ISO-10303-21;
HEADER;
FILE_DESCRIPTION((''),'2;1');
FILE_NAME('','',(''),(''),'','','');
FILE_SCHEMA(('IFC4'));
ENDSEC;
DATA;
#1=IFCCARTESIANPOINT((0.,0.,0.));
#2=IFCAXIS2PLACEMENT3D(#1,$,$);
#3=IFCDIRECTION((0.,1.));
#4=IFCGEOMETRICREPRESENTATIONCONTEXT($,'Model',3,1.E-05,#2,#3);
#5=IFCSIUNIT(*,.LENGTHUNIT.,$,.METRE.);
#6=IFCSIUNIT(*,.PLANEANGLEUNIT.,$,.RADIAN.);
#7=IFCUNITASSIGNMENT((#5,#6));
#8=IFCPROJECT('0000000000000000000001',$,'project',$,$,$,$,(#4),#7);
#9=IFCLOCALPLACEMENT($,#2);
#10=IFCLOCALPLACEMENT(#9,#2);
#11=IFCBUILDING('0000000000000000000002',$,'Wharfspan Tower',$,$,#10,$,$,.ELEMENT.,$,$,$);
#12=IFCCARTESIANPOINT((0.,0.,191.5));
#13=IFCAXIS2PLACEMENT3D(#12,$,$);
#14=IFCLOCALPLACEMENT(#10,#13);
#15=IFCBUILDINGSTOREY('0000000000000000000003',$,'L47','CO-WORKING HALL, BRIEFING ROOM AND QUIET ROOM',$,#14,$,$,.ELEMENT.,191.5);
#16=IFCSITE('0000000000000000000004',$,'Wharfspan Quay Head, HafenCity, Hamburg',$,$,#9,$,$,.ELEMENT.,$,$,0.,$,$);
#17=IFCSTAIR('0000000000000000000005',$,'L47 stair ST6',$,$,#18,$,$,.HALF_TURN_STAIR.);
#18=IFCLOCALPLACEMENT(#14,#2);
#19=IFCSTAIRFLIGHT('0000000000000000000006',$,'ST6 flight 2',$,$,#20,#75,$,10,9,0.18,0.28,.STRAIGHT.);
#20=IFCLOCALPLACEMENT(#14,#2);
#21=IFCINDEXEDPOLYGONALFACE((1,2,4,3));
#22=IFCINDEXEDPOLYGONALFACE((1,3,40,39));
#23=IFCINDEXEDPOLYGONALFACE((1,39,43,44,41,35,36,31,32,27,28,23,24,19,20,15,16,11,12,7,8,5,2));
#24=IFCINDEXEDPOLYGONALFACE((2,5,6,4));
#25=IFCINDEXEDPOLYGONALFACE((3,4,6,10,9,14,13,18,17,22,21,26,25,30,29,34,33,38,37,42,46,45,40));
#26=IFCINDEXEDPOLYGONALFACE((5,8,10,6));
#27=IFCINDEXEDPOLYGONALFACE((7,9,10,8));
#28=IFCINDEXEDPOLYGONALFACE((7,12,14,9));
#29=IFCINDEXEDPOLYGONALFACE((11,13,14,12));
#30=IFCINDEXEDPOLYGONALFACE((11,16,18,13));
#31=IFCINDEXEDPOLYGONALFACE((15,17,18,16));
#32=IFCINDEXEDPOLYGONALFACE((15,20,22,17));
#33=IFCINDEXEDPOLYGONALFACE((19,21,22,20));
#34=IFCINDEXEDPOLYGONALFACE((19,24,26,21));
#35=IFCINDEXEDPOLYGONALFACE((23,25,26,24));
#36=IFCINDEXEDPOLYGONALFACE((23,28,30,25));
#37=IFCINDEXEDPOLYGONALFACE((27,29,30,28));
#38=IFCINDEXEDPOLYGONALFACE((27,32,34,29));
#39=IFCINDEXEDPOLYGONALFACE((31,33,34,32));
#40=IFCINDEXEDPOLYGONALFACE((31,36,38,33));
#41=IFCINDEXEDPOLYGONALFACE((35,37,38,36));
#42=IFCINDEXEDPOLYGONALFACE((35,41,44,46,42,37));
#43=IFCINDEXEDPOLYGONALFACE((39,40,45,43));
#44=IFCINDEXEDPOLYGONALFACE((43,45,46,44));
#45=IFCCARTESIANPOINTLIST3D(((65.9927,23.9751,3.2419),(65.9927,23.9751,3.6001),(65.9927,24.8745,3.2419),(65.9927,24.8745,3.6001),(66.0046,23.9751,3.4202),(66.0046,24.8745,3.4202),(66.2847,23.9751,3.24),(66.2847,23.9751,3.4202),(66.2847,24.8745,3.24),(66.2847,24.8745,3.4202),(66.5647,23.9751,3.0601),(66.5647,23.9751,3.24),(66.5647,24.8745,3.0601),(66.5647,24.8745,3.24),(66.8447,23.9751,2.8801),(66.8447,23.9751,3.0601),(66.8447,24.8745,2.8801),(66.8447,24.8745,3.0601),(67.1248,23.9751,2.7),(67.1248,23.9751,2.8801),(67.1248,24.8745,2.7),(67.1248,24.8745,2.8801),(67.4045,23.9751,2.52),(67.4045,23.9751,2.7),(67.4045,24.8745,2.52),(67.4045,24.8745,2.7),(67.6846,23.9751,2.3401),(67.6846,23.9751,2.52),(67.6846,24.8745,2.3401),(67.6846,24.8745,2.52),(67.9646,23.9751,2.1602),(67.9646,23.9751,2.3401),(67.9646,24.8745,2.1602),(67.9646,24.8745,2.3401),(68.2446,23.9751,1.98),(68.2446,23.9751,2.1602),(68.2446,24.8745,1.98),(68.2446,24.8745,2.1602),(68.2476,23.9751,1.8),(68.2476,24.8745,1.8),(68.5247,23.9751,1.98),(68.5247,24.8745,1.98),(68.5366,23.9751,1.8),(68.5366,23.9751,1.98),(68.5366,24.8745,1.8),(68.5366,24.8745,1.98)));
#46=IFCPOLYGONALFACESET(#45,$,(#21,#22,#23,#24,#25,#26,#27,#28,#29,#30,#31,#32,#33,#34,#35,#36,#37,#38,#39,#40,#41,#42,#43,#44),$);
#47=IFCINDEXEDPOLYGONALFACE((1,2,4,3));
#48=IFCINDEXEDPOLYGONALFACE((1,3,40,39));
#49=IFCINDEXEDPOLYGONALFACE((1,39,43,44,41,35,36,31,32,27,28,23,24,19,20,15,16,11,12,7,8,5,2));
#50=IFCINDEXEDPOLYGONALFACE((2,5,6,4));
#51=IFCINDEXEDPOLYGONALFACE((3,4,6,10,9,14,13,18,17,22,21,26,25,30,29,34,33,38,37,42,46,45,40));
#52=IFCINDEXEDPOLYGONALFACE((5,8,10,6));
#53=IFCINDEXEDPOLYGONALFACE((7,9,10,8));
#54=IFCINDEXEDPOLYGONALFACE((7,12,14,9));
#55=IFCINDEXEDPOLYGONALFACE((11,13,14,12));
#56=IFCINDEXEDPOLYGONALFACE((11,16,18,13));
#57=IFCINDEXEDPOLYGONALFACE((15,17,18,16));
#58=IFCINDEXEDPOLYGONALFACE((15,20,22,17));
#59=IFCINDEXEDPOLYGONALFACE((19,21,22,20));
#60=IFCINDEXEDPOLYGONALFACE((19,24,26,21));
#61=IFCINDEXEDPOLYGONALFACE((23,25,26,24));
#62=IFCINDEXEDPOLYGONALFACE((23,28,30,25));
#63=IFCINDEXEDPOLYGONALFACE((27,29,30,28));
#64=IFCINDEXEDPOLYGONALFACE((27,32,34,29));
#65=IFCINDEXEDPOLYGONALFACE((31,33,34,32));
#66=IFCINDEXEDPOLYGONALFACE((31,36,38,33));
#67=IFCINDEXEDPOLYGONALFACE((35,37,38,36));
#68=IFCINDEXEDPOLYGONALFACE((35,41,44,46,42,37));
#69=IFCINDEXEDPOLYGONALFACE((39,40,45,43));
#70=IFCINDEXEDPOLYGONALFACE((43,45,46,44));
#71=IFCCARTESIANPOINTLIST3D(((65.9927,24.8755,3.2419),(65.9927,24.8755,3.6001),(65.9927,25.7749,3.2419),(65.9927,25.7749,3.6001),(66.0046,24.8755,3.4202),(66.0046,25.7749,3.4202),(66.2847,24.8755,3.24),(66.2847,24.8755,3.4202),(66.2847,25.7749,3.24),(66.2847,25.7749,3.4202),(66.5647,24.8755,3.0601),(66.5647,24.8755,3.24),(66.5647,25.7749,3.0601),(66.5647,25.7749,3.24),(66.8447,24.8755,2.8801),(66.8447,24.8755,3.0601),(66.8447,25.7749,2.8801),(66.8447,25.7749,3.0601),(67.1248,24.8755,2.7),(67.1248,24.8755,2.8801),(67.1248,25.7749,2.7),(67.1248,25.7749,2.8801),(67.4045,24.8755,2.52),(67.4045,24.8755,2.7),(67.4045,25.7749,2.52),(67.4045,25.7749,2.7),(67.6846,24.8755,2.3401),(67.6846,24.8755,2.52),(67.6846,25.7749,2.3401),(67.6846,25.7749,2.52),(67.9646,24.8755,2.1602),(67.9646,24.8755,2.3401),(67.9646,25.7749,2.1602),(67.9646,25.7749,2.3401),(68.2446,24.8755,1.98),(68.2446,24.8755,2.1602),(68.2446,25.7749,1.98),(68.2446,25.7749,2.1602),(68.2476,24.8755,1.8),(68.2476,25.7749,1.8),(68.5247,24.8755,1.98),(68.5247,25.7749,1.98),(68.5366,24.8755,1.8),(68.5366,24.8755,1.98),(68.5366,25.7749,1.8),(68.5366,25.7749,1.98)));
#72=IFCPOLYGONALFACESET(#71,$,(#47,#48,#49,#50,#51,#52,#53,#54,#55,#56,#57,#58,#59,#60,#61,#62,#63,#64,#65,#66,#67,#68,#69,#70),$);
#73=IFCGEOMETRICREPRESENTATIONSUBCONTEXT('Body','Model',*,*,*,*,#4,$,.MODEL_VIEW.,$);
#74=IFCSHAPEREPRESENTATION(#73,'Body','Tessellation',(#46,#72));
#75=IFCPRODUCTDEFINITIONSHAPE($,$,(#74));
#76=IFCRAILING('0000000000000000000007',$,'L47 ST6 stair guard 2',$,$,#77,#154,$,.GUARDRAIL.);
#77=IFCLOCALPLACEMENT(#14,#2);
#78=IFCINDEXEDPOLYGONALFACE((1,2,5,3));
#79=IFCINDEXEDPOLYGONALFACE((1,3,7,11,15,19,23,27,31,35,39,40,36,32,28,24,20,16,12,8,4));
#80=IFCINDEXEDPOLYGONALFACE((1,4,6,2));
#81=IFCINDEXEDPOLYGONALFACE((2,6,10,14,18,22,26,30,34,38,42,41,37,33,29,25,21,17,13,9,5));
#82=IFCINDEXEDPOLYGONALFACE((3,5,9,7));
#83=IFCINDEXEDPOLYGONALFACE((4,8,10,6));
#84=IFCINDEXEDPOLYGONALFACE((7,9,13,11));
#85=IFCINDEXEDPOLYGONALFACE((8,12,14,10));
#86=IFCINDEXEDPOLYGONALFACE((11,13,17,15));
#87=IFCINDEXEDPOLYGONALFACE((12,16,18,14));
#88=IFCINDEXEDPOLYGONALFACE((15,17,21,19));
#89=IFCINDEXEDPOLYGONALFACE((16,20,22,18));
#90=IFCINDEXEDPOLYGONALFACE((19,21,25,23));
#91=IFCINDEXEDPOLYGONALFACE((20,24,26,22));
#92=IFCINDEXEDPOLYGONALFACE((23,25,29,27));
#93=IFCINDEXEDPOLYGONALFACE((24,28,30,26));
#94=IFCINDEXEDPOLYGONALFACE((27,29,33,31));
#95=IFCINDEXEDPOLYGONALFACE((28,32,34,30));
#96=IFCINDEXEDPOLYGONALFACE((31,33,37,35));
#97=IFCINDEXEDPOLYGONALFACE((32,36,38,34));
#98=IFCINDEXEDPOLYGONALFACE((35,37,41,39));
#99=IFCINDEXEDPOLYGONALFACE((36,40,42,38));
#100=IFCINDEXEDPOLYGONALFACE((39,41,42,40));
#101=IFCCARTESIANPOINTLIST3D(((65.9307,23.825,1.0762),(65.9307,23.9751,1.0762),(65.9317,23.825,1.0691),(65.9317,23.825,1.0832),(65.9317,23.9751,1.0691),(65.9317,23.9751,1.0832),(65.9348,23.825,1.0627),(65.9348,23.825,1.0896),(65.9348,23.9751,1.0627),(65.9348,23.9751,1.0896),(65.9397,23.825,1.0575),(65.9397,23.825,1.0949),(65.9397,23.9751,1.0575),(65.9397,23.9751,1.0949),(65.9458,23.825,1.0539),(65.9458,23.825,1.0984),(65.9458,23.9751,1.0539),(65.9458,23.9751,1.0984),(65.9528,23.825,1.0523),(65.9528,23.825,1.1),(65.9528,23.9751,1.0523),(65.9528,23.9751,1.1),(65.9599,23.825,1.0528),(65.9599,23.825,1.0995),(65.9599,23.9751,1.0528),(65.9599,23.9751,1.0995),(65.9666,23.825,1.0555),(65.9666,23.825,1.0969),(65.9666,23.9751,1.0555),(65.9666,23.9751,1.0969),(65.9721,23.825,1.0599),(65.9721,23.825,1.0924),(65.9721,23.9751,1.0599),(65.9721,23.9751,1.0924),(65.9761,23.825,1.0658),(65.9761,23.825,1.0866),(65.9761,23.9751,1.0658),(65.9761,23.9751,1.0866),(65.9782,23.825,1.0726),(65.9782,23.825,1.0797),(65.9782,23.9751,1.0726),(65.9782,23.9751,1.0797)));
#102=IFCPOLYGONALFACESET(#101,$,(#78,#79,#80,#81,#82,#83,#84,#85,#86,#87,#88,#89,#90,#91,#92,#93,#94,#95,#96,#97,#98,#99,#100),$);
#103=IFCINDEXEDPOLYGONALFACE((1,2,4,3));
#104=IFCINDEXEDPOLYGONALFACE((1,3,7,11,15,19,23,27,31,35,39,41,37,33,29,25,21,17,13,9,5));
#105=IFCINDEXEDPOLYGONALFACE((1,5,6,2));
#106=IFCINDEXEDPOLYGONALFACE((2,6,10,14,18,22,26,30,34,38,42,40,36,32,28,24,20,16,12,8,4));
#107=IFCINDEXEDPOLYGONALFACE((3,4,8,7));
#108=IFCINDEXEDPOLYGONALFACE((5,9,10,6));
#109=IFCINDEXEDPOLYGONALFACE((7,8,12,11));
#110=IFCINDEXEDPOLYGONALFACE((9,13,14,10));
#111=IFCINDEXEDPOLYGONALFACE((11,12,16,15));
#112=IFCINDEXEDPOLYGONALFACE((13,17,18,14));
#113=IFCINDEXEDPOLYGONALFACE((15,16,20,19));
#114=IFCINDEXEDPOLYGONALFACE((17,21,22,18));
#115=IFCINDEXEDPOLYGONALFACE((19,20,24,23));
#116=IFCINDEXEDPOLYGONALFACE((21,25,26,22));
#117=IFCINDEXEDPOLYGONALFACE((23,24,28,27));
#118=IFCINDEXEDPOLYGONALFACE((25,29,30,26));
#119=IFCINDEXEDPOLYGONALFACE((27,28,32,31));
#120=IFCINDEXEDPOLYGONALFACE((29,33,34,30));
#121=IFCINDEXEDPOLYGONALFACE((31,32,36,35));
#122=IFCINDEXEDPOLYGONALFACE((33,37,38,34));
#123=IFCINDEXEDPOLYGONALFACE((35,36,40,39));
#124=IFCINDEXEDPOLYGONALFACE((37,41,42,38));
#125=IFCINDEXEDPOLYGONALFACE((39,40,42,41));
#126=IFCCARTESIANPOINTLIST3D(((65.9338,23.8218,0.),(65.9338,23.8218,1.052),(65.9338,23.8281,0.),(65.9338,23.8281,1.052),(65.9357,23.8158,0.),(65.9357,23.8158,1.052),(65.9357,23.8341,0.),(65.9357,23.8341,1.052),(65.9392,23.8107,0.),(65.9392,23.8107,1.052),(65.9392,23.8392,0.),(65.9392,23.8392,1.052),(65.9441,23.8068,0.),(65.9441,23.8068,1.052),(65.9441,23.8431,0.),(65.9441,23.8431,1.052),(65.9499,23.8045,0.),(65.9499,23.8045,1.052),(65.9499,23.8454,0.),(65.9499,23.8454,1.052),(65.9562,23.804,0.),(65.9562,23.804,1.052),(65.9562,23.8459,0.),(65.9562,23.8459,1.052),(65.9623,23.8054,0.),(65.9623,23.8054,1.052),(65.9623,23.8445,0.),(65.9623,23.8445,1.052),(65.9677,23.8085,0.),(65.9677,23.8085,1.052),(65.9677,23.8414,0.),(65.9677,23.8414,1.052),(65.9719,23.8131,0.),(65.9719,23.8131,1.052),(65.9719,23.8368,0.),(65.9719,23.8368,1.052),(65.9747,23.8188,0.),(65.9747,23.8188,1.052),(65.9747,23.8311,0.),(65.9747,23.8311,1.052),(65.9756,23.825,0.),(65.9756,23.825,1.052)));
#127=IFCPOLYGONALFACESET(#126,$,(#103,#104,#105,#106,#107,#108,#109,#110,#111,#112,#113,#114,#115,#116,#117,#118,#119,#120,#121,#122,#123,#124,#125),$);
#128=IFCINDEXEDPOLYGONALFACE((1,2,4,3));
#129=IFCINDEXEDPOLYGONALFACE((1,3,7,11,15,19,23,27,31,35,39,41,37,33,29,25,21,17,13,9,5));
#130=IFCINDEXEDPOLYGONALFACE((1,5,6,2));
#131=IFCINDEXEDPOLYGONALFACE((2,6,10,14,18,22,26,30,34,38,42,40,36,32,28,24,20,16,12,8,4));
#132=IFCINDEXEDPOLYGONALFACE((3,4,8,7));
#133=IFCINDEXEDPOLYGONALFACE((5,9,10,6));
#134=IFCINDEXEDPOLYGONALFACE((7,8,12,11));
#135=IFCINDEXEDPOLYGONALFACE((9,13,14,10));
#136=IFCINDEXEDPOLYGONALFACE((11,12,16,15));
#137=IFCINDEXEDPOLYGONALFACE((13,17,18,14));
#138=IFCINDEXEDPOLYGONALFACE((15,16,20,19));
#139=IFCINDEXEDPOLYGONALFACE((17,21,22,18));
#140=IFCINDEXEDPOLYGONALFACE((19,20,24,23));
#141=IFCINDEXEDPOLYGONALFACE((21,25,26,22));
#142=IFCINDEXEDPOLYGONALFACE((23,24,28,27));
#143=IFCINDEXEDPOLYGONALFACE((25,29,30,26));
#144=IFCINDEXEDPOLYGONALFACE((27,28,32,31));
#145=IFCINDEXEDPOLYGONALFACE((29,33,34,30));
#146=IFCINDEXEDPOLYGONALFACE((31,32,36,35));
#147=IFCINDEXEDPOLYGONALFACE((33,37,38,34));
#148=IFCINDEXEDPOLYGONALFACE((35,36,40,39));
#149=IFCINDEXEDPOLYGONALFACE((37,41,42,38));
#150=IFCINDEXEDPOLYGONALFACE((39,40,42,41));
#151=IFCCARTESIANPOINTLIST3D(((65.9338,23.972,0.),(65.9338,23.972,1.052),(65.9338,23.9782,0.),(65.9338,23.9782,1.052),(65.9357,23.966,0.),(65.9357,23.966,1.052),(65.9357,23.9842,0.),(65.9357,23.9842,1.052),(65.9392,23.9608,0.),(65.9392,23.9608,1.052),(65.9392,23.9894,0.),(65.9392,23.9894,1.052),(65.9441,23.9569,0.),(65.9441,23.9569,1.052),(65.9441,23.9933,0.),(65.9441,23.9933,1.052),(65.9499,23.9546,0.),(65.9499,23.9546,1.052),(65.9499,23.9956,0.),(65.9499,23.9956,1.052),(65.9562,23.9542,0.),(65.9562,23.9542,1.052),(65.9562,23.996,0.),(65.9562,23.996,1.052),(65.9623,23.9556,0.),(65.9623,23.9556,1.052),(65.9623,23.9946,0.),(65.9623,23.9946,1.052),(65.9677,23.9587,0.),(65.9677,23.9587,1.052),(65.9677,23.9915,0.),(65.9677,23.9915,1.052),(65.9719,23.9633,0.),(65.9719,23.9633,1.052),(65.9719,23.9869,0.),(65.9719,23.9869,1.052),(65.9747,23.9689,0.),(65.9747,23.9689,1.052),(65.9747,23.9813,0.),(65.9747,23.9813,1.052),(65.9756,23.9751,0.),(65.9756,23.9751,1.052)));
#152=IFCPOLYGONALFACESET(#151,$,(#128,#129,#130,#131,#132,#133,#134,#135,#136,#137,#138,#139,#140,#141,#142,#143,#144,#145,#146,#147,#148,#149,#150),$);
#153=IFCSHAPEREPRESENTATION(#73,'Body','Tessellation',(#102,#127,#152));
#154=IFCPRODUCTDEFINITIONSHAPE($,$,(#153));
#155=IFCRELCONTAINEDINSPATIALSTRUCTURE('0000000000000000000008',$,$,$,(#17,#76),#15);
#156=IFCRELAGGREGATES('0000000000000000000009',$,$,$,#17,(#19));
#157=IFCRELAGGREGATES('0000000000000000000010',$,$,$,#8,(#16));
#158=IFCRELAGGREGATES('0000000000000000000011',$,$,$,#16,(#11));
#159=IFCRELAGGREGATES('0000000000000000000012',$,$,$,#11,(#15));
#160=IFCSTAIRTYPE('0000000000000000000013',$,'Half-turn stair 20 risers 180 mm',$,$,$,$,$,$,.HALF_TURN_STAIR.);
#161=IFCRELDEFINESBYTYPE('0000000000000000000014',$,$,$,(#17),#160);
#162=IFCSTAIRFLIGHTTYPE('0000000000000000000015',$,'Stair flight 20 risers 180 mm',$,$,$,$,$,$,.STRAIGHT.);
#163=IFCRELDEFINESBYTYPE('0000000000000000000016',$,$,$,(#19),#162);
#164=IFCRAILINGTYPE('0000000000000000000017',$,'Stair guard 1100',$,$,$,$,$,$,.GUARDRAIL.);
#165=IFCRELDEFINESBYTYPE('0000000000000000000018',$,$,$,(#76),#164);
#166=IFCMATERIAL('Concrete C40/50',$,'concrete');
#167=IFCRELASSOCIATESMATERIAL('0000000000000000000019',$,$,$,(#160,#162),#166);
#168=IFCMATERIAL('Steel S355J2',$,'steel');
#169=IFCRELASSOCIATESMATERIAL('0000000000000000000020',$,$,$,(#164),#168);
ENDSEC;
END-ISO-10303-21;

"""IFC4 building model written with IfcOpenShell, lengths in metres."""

from ifc_helpers import new_model, si_unit, direction, frame, origin, origin_2d, place, context, subcontext, project, spatial, polyline, circle, outline, extrude, material, type_object, element, aggregate, save


model = new_model("IFC4")

# Units and contexts
model_context = context("Model", 3, precision=1e-05, world=origin(), true_north=direction((0.0, 1.0)))
body_context = subcontext(model_context, "Body", "Model", "MODEL_VIEW")
ifc_project = project(units=[si_unit("LENGTHUNIT", "METRE"), si_unit("PLANEANGLEUNIT", "RADIAN")], contexts=[model_context])

# Site, building, storey
site_placement = place(None, origin())
site = spatial("IfcSite", under=ifc_project, at=site_placement, Name="Wharfspan Quay Head, HafenCity, Hamburg", CompositionType="ELEMENT", RefElevation=0.0)
building_placement = place(site_placement, origin())
building = spatial("IfcBuilding", under=site, at=building_placement, Name="Wharfspan Tower", CompositionType="ELEMENT")
storey_placement = place(building_placement, frame((0.0, 0.0, 191.5)))
storey = spatial("IfcBuildingStorey", under=building, at=storey_placement, Name="L47", Description="CO-WORKING HALL, BRIEFING ROOM AND QUIET ROOM", CompositionType="ELEMENT", Elevation=191.5)

# Shared definitions
ifc_material_1 = material(Name="Steel S355J2", Category="steel")

# Shared definitions
ifc_material_2 = material(Name="Concrete C40/50", Category="concrete")

# Stair, stair flight
stair_type = type_object("IfcStairType", Name="Half-turn stair 20 risers 180 mm", PredefinedType="HALF_TURN_STAIR", material=ifc_material_2)
stair_placement = place(storey_placement, origin())
stair = element("IfcStair", 1, at=stair_placement, inside=storey, type_object=stair_type, Name="L47 stair ST6", PredefinedType="HALF_TURN_STAIR")
stair_flight_type = type_object("IfcStairFlightType", Name="Stair flight 20 risers 180 mm", PredefinedType="STRAIGHT", material=ifc_material_2)
stair_flight_1_placement = place(storey_placement, frame((68.5247, 24.875, 1.8), z_axis=(0.0, 0.0, 1.0), x_axis=(-1.0, 0.0, 0.0)))
stair_flight_1 = element("IfcStairFlight", 2, at=stair_flight_1_placement, type_object=stair_flight_type, Name="ST6 flight 2", NumberOfRisers=10, NumberOfTreads=9, PredefinedType="STRAIGHT", RiserHeight=0.18, TreadLength=0.28, context=body_context, shape_type="SweptSolid", body=[
    extrude(outline(polyline([(-0.012, 0.0), (-0.012, 0.1799), (0.0, 0.1799), (0.28, 0.1799), (0.28, 0.3601), (0.5601, 0.3601), (0.5601, 0.54), (0.8401, 0.54), (0.8401, 0.72), (1.1201, 0.72), (1.1201, 0.8999), (1.3999, 0.8999), (1.3999, 1.0801), (1.6799, 1.0801), (1.6799, 1.26), (1.96, 1.26), (1.96, 1.4399), (2.24, 1.4399), (2.24, 1.6201), (2.52, 1.6201), (2.532, 1.8), (2.532, 1.4419), (0.2771, 0.0), (-0.012, 0.0)])), frame((0.0, 0.8999, 0.0), z_axis=(0.0, -1.0, 0.0), x_axis=(1.0, 0.0, 0.0)), (0.0, 0.0, 1.0), 0.8994),
    extrude(outline(polyline([(-0.012, 0.0), (-0.012, 0.1799), (0.0, 0.1799), (0.28, 0.1799), (0.28, 0.3601), (0.5601, 0.3601), (0.5601, 0.54), (0.8401, 0.54), (0.8401, 0.72), (1.1201, 0.72), (1.1201, 0.8999), (1.3999, 0.8999), (1.3999, 1.0801), (1.6799, 1.0801), (1.6799, 1.26), (1.96, 1.26), (1.96, 1.4399), (2.24, 1.4399), (2.24, 1.6201), (2.52, 1.6201), (2.532, 1.8), (2.532, 1.4419), (0.2771, 0.0), (-0.012, 0.0)])), frame((0.0, -0.0005, 0.0), z_axis=(0.0, -1.0, 0.0), x_axis=(1.0, 0.0, 0.0)), (0.0, 0.0, 1.0), 0.8994),
])
aggregate(stair, [stair_flight_1])

# Railing
railing_type_1 = type_object("IfcRailingType", Name="Stair guard 1100", PredefinedType="GUARDRAIL", material=ifc_material_1)
railing_1_placement = place(storey_placement, frame((65.9546, 23.825, 0.0)))
element("IfcRailing", 3, at=railing_1_placement, inside=storey, type_object=railing_type_1, Name="L47 ST6 stair guard 2", PredefinedType="GUARDRAIL", context=body_context, shape_type="SweptSolid", body=[
    extrude(circle(Radius=0.0239, at=origin_2d()), frame((0.0, 0.0, 1.0762), z_axis=(0.0, 1.0, 0.0), x_axis=(-1.0, 0.0, 0.0)), (0.0, 0.0, 1.0), 0.1501),
    extrude(circle(Radius=0.021, at=origin_2d()), origin(), (0.0, 0.0, 1.0), 1.052),
    extrude(circle(Radius=0.021, at=origin_2d()), frame((0.0, 0.1501, 0.0)), (0.0, 0.0, 1.0), 1.052),
])

save(model, "model.ifc")
